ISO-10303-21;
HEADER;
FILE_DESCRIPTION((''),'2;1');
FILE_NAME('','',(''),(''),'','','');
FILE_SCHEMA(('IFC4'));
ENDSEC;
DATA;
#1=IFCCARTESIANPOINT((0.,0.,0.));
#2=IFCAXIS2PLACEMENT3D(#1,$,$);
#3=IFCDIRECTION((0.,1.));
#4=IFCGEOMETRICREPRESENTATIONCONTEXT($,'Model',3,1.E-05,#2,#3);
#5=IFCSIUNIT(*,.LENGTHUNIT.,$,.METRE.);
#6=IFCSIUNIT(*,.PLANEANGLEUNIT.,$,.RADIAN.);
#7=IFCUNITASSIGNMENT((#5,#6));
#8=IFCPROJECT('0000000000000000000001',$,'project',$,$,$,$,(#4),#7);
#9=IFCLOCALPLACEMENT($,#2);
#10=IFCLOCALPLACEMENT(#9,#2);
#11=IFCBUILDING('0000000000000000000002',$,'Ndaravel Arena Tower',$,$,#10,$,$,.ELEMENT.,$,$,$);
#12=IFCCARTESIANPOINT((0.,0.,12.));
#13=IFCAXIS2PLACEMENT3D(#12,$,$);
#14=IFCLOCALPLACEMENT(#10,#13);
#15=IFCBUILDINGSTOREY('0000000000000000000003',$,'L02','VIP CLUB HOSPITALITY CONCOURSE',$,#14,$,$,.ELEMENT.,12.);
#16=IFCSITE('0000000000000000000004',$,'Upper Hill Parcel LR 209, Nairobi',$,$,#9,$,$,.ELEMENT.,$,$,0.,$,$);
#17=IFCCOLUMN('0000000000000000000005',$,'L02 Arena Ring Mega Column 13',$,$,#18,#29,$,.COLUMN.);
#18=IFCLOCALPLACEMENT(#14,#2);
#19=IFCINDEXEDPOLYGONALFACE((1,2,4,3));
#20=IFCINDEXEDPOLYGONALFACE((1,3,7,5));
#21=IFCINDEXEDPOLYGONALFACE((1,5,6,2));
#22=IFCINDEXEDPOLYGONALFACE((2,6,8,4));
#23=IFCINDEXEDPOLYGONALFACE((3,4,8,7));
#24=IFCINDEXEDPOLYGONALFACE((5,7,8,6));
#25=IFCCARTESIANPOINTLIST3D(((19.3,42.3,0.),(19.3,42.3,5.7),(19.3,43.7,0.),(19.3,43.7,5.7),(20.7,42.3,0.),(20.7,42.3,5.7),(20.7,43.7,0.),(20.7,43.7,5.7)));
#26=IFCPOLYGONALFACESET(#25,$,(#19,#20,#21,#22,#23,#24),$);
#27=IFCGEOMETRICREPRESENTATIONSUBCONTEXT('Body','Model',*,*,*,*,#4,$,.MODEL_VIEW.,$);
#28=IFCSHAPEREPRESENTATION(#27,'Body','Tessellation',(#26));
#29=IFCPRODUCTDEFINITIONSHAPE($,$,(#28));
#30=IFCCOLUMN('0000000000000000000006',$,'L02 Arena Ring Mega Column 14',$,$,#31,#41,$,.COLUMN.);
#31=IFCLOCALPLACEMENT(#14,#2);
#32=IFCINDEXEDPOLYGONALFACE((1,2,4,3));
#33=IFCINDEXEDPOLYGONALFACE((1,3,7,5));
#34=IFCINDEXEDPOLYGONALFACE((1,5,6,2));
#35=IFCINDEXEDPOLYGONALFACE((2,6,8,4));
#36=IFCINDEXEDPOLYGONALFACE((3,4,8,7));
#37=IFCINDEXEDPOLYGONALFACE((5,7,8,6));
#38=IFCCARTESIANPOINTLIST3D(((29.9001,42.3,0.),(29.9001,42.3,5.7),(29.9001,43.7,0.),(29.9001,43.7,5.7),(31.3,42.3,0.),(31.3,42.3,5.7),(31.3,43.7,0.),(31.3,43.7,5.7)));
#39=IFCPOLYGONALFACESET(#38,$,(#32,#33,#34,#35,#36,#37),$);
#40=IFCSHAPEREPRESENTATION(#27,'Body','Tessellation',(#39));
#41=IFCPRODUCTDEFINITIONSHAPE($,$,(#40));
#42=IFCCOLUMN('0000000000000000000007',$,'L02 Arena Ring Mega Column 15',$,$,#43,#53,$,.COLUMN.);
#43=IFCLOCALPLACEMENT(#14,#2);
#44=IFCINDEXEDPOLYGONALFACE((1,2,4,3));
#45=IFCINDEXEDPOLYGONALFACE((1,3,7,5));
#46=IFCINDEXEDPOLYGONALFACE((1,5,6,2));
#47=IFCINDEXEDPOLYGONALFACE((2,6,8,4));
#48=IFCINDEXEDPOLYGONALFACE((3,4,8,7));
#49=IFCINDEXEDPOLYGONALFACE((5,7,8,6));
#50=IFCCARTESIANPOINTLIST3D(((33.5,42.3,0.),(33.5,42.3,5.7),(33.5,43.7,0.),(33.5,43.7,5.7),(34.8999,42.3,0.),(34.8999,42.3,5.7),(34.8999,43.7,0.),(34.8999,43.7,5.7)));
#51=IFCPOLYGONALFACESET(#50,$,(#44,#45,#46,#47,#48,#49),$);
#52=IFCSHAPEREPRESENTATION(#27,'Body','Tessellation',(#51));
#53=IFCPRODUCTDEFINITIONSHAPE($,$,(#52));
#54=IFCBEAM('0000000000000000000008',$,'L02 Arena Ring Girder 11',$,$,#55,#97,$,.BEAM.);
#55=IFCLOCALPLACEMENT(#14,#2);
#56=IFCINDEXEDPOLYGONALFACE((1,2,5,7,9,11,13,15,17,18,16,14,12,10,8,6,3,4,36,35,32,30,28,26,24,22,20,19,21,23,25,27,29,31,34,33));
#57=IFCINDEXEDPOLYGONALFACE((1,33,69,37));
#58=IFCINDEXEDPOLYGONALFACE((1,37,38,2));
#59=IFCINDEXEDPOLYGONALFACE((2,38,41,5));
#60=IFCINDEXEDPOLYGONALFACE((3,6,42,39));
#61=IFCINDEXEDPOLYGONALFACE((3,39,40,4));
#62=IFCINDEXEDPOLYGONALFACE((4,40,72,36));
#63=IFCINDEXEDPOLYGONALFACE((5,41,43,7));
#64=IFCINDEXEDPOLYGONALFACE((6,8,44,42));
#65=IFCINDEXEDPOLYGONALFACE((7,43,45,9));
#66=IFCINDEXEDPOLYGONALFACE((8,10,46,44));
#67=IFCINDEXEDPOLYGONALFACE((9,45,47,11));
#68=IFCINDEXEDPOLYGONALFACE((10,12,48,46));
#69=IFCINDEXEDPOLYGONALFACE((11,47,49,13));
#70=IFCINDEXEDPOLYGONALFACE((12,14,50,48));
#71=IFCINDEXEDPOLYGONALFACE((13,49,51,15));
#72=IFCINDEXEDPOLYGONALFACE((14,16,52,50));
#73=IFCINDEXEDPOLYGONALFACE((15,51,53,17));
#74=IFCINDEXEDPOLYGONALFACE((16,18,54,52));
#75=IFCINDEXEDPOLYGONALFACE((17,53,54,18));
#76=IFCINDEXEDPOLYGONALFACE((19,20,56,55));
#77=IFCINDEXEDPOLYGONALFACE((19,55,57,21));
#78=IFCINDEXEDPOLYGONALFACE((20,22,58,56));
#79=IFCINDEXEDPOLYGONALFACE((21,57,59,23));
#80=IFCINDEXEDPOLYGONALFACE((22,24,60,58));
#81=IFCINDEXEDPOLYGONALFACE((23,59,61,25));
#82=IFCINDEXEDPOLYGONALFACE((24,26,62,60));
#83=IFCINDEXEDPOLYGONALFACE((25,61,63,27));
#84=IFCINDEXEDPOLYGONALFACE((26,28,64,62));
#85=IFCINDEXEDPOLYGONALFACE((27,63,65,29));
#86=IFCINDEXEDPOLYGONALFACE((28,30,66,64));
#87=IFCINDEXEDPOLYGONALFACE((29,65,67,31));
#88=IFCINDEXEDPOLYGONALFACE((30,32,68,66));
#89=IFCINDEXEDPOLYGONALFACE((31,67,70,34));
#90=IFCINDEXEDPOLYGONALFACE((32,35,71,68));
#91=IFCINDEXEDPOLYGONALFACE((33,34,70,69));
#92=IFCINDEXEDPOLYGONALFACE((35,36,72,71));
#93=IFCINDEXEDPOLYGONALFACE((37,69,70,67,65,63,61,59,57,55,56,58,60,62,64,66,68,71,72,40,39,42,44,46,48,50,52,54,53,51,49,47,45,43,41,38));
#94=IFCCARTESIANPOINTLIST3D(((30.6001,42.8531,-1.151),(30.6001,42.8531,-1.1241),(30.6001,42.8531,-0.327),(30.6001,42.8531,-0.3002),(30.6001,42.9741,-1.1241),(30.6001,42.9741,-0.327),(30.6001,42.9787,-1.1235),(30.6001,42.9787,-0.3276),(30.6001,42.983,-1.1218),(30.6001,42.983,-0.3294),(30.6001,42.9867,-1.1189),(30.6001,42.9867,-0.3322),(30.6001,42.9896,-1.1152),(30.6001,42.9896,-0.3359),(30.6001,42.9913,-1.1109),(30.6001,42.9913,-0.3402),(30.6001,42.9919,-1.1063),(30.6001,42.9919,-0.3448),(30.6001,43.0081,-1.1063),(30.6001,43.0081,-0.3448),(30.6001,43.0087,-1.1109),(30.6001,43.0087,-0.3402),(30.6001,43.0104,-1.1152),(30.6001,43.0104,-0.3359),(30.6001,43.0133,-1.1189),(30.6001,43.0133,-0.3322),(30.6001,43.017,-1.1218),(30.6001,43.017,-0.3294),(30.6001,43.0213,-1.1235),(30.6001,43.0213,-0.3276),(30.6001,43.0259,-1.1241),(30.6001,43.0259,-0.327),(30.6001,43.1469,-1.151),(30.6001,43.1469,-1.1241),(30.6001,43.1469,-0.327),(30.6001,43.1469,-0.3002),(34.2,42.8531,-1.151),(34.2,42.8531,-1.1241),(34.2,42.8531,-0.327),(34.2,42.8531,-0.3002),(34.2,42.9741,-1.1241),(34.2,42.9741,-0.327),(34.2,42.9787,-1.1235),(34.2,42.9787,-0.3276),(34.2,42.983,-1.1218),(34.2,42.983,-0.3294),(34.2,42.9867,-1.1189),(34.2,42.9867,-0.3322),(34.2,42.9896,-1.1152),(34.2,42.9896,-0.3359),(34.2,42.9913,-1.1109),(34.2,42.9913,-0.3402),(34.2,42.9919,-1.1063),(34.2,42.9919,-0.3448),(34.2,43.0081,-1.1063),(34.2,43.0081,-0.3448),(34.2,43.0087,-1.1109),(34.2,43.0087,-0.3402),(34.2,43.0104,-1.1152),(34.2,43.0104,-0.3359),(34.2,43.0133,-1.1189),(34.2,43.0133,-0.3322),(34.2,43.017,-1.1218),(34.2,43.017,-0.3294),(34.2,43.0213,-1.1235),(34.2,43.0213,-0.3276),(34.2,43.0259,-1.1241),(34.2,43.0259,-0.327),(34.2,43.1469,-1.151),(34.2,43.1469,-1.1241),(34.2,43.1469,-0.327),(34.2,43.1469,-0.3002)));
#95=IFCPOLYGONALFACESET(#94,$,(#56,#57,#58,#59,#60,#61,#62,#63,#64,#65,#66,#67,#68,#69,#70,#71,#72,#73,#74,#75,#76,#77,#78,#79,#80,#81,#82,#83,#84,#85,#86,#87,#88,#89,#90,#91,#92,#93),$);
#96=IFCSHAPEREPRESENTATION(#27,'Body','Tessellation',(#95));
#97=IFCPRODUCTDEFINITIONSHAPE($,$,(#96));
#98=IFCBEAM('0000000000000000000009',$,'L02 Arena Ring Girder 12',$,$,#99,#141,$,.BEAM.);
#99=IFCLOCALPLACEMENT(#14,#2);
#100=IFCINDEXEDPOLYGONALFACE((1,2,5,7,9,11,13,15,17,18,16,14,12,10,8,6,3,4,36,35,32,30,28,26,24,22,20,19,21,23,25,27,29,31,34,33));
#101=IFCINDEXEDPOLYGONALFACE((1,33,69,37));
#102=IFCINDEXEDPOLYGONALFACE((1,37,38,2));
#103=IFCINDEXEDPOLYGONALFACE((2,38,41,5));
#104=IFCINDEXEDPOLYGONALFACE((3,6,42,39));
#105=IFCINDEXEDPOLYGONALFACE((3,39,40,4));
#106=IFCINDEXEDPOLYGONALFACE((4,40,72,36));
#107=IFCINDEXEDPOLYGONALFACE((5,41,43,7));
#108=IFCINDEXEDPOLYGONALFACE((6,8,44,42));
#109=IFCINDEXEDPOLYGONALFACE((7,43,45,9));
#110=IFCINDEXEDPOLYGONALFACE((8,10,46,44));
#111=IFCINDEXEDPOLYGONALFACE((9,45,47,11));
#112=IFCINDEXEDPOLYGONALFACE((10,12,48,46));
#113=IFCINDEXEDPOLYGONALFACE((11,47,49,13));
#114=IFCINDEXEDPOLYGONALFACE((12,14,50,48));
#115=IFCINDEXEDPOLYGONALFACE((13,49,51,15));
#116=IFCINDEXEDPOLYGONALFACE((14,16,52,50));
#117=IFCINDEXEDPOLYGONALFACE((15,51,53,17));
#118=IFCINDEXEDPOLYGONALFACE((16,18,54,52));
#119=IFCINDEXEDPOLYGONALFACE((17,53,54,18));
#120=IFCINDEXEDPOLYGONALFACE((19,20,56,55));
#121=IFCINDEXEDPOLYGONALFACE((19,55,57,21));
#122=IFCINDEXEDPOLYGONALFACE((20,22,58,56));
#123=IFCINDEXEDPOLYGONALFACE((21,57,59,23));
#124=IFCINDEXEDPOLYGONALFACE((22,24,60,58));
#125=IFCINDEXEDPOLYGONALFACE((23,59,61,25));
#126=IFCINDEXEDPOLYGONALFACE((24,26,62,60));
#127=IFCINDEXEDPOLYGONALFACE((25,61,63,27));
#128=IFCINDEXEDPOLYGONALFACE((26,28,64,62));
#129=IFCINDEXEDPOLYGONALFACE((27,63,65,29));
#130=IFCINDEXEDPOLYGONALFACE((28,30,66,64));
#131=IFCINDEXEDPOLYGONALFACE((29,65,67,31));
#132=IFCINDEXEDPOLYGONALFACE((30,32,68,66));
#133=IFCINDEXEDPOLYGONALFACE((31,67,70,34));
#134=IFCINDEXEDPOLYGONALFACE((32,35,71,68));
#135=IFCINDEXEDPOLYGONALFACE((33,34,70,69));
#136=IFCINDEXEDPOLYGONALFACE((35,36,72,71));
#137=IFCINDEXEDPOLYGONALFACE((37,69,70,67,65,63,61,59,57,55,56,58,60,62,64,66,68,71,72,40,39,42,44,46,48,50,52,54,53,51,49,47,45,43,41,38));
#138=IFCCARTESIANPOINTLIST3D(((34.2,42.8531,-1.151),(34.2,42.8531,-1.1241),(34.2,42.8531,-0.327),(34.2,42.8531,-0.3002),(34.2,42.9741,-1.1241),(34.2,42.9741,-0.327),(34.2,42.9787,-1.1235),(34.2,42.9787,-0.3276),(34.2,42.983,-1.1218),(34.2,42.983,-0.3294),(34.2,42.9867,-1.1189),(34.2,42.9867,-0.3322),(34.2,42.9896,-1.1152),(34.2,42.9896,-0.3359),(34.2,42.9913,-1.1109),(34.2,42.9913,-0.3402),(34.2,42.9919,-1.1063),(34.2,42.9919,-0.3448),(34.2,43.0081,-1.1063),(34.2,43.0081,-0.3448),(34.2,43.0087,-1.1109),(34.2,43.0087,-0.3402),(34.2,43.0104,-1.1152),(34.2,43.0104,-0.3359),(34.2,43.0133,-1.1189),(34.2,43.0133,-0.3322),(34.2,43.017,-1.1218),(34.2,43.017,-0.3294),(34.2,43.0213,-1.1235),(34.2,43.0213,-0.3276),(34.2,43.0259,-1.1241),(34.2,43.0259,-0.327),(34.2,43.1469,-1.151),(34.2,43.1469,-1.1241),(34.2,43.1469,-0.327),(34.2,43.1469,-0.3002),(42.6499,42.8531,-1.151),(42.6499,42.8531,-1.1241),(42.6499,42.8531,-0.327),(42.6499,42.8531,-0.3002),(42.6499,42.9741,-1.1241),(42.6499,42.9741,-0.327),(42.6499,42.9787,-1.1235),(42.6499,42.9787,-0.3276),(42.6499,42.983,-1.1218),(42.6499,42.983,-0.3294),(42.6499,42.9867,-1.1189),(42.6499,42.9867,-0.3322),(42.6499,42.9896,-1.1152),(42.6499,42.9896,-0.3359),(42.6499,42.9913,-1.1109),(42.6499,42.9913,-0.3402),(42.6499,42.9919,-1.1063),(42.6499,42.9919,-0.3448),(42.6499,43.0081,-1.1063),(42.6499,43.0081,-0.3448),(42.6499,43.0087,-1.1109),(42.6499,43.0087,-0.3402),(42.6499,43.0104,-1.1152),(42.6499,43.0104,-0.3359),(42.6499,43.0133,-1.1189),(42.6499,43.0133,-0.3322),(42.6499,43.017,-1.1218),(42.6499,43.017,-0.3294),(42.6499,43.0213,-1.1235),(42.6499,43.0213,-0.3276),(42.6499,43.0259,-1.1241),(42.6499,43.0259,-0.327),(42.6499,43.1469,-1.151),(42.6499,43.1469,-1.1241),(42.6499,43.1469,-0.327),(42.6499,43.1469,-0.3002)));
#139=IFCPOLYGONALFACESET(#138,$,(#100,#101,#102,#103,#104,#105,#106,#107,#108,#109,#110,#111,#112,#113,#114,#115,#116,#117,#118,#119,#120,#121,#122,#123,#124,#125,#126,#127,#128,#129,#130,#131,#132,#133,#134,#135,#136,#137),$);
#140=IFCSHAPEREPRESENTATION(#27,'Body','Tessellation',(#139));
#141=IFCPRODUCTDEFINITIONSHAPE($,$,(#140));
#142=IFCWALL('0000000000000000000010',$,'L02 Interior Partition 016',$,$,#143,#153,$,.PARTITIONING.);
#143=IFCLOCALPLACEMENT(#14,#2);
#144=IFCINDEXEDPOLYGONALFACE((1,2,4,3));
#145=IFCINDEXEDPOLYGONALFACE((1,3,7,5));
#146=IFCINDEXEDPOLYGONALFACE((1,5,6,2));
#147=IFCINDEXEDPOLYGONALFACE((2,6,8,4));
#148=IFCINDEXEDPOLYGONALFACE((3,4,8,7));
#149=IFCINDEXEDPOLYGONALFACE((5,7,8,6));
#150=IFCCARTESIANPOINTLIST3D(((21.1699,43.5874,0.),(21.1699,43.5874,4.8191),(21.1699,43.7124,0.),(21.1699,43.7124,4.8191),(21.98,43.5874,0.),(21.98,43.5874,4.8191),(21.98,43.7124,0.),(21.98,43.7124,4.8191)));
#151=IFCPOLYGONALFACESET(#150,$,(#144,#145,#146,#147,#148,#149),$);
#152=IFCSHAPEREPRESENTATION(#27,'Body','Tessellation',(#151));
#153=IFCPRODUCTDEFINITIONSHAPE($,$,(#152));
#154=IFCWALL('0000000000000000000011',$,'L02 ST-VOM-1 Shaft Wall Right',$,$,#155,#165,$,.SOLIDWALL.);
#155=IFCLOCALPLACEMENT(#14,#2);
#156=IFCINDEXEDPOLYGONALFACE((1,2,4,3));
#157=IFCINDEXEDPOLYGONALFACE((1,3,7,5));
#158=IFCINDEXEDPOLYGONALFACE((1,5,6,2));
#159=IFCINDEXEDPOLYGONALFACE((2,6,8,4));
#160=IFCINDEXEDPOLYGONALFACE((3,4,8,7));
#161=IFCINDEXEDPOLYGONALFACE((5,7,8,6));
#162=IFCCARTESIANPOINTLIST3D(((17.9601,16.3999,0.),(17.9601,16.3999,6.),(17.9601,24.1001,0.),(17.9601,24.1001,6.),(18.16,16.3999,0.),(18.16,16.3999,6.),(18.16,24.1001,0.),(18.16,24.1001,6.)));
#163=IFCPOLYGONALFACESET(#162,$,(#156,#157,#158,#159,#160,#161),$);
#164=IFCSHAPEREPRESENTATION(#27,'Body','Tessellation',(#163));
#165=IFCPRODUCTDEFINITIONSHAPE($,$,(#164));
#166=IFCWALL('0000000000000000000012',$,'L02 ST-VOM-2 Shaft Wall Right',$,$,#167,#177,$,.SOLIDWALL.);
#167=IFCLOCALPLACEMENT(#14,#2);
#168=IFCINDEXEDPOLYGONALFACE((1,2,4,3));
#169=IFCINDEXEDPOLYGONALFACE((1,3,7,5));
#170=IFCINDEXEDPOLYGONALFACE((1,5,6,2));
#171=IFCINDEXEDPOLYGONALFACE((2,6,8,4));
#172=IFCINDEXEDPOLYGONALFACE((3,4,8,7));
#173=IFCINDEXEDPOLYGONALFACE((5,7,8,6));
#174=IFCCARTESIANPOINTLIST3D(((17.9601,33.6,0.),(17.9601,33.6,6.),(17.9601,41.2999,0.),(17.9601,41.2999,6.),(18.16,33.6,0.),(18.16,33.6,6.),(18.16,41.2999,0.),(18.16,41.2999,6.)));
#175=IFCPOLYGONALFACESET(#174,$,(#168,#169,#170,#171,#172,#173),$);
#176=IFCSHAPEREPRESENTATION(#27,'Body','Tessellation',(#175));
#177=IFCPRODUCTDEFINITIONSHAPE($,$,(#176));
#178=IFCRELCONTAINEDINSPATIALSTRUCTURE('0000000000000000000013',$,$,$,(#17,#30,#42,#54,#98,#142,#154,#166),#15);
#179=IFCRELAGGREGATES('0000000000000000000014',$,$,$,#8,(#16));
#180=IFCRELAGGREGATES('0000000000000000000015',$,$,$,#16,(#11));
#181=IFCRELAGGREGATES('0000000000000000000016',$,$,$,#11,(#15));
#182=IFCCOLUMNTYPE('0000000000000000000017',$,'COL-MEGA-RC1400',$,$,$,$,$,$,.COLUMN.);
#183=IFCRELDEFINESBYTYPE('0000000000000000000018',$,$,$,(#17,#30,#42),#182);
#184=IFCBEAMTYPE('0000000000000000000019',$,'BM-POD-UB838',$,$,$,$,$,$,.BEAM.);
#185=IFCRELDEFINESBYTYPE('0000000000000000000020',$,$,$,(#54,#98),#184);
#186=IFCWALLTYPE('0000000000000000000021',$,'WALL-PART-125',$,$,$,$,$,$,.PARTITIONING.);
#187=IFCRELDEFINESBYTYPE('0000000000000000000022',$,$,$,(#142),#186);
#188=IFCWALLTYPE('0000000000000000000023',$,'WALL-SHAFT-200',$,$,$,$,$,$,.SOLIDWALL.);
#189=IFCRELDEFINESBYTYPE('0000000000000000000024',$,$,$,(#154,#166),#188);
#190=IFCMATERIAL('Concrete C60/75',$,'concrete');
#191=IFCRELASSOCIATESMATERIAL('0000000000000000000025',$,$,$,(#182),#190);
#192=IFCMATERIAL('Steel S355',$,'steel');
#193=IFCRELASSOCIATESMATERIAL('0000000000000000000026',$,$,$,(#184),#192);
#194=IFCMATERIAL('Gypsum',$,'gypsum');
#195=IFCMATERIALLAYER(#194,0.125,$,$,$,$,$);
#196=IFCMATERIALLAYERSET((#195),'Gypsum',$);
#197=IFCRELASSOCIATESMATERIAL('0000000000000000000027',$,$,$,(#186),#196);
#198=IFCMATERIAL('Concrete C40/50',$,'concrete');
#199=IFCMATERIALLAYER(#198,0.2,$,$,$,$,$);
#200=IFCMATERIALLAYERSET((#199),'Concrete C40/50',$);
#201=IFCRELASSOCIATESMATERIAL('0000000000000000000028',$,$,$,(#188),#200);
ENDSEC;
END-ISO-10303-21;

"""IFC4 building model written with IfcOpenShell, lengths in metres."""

from ifc_helpers import new_model, si_unit, direction, frame, frame_2d, origin, origin_2d, place, context, subcontext, project, spatial, rectangle, i_section, extrude, material, layer, layer_set, material_profile, profile_set, type_object, element, save


model = new_model("IFC4")

# Units and contexts
model_context = context("Model", 3, precision=1e-05, world=origin(), true_north=direction((0.0, 1.0)))
body_context = subcontext(model_context, "Body", "Model", "MODEL_VIEW")
ifc_project = project(units=[si_unit("LENGTHUNIT", "METRE"), si_unit("PLANEANGLEUNIT", "RADIAN")], contexts=[model_context])

# Site, building, storey
site_placement = place(None, origin())
site = spatial("IfcSite", under=ifc_project, at=site_placement, Name="Upper Hill Parcel LR 209, Nairobi", CompositionType="ELEMENT", RefElevation=0.0)
building_placement = place(site_placement, origin())
building = spatial("IfcBuilding", under=site, at=building_placement, Name="Ndaravel Arena Tower", CompositionType="ELEMENT")
storey_placement = place(building_placement, frame((0.0, 0.0, 12.0)))
storey = spatial("IfcBuildingStorey", under=building, at=storey_placement, Name="L02", Description="VIP CLUB HOSPITALITY CONCOURSE", CompositionType="ELEMENT", Elevation=12.0)

# Columns
ifc_material_1 = material(Name="Concrete C60/75", Category="concrete")
ifc_material_profile_1 = material_profile(ifc_material_1, rectangle(XDim=1.3999, YDim=1.3999, at=origin_2d()), Name="RC 1400x1400")
ifc_profile_set_1 = profile_set([ifc_material_profile_1], Name="Concrete C60/75")
column_type = type_object("IfcColumnType", Name="COL-MEGA-RC1400", PredefinedType="COLUMN", material=ifc_profile_set_1)
for number, where, z_axis, x_axis, name in (
    (1, (20.0, 43.0, 0.0), (0.0, 0.0, 1.0), (1.0, 0.0, 0.0), "L02 Arena Ring Mega Column 13"),
    (2, (30.6001, 43.0, 0.0), (0.0, 0.0, 1.0), (1.0, 0.0, 0.0), "L02 Arena Ring Mega Column 14"),
    (3, (34.2, 43.0, 0.0), (0.0, 0.0, 1.0), (1.0, 0.0, 0.0), "L02 Arena Ring Mega Column 15"),
):
    element("IfcColumn", number, at=place(storey_placement, frame(where, z_axis=z_axis, x_axis=x_axis)), inside=storey, type_object=column_type, Name=name, PredefinedType="COLUMN", context=body_context, shape_type="SweptSolid", body=[
        extrude(rectangle(XDim=1.3999, YDim=1.3999, at=origin_2d()), origin(), (0.0, 0.0, 1.0), 5.7),
    ])

# Beams
ifc_material_2 = material(Name="Steel S355", Category="steel")
ifc_material_profile_2 = material_profile(ifc_material_2, i_section(OverallWidth=0.2937, OverallDepth=0.8508, WebThickness=0.0161, FlangeThickness=0.0269, FilletRadius=0.0178, at=origin_2d()), Name="UB 838x292x226")
ifc_profile_set_2 = profile_set([ifc_material_profile_2], Name="Steel S355")
beam_type = type_object("IfcBeamType", Name="BM-POD-UB838", PredefinedType="BEAM", material=ifc_profile_set_2)
beam_1_placement = place(storey_placement, frame((30.6001, 43.0, -0.7256), z_axis=(1.0, 0.0, 0.0), x_axis=(0.0, 1.0, 0.0)))
element("IfcBeam", 4, at=beam_1_placement, inside=storey, type_object=beam_type, Name="L02 Arena Ring Girder 11", PredefinedType="BEAM", context=body_context, shape_type="SweptSolid", body=[
    extrude(i_section(OverallWidth=0.2937, OverallDepth=0.8508, WebThickness=0.0161, FlangeThickness=0.0269, FilletRadius=0.0178, at=origin_2d()), origin(), (0.0, 0.0, 1.0), 3.5999),
])
beam_2_placement = place(storey_placement, frame((34.2, 43.0, -0.7256), z_axis=(1.0, 0.0, 0.0), x_axis=(0.0, 1.0, 0.0)))
element("IfcBeam", 5, at=beam_2_placement, inside=storey, type_object=beam_type, Name="L02 Arena Ring Girder 12", PredefinedType="BEAM", context=body_context, shape_type="SweptSolid", body=[
    extrude(i_section(OverallWidth=0.2937, OverallDepth=0.8508, WebThickness=0.0161, FlangeThickness=0.0269, FilletRadius=0.0178, at=origin_2d()), origin(), (0.0, 0.0, 1.0), 8.45),
])

# Walls
ifc_material_3 = material(Name="Gypsum", Category="gypsum")
ifc_layer_1 = layer(ifc_material_3, 0.125)
ifc_layer_set_1 = layer_set([ifc_layer_1], Name="Gypsum")
wall_type_1 = type_object("IfcWallType", Name="WALL-PART-125", PredefinedType="PARTITIONING", material=ifc_layer_set_1)
wall_1_placement = place(storey_placement, frame((21.1699, 43.6499, 0.0), z_axis=(0.0, 0.0, 1.0), x_axis=(1.0, 0.0, 0.0)))
element("IfcWall", 6, at=wall_1_placement, inside=storey, type_object=wall_type_1, Name="L02 Interior Partition 016", PredefinedType="PARTITIONING", context=body_context, shape_type="SweptSolid", body=[
    extrude(rectangle(XDim=0.8101, YDim=0.125, at=frame_2d((0.405, 0.0))), origin(), (0.0, 0.0, 1.0), 4.8191),
])
ifc_material_4 = material(Name="Concrete C40/50", Category="concrete")
ifc_layer_2 = layer(ifc_material_4, 0.2)
ifc_layer_set_2 = layer_set([ifc_layer_2], Name="Concrete C40/50")
wall_type_2 = type_object("IfcWallType", Name="WALL-SHAFT-200", PredefinedType="SOLIDWALL", material=ifc_layer_set_2)
wall_2_placement = place(storey_placement, frame((18.0601, 24.1001, 0.0), z_axis=(0.0, 0.0, 1.0), x_axis=(0.0, -1.0, 0.0)))
element("IfcWall", 7, at=wall_2_placement, inside=storey, type_object=wall_type_2, Name="L02 ST-VOM-1 Shaft Wall Right", PredefinedType="SOLIDWALL", context=body_context, shape_type="SweptSolid", body=[
    extrude(rectangle(XDim=7.7002, YDim=0.2, at=frame_2d((3.8501, 0.0))), origin(), (0.0, 0.0, 1.0), 6.0),
])
wall_3_placement = place(storey_placement, frame((18.0601, 41.3, 0.0), z_axis=(0.0, 0.0, 1.0), x_axis=(0.0, -1.0, 0.0)))
element("IfcWall", 8, at=wall_3_placement, inside=storey, type_object=wall_type_2, Name="L02 ST-VOM-2 Shaft Wall Right", PredefinedType="SOLIDWALL", context=body_context, shape_type="SweptSolid", body=[
    extrude(rectangle(XDim=7.7, YDim=0.2, at=frame_2d((3.8501, 0.0))), origin(), (0.0, 0.0, 1.0), 6.0),
])

save(model, "model.ifc")
